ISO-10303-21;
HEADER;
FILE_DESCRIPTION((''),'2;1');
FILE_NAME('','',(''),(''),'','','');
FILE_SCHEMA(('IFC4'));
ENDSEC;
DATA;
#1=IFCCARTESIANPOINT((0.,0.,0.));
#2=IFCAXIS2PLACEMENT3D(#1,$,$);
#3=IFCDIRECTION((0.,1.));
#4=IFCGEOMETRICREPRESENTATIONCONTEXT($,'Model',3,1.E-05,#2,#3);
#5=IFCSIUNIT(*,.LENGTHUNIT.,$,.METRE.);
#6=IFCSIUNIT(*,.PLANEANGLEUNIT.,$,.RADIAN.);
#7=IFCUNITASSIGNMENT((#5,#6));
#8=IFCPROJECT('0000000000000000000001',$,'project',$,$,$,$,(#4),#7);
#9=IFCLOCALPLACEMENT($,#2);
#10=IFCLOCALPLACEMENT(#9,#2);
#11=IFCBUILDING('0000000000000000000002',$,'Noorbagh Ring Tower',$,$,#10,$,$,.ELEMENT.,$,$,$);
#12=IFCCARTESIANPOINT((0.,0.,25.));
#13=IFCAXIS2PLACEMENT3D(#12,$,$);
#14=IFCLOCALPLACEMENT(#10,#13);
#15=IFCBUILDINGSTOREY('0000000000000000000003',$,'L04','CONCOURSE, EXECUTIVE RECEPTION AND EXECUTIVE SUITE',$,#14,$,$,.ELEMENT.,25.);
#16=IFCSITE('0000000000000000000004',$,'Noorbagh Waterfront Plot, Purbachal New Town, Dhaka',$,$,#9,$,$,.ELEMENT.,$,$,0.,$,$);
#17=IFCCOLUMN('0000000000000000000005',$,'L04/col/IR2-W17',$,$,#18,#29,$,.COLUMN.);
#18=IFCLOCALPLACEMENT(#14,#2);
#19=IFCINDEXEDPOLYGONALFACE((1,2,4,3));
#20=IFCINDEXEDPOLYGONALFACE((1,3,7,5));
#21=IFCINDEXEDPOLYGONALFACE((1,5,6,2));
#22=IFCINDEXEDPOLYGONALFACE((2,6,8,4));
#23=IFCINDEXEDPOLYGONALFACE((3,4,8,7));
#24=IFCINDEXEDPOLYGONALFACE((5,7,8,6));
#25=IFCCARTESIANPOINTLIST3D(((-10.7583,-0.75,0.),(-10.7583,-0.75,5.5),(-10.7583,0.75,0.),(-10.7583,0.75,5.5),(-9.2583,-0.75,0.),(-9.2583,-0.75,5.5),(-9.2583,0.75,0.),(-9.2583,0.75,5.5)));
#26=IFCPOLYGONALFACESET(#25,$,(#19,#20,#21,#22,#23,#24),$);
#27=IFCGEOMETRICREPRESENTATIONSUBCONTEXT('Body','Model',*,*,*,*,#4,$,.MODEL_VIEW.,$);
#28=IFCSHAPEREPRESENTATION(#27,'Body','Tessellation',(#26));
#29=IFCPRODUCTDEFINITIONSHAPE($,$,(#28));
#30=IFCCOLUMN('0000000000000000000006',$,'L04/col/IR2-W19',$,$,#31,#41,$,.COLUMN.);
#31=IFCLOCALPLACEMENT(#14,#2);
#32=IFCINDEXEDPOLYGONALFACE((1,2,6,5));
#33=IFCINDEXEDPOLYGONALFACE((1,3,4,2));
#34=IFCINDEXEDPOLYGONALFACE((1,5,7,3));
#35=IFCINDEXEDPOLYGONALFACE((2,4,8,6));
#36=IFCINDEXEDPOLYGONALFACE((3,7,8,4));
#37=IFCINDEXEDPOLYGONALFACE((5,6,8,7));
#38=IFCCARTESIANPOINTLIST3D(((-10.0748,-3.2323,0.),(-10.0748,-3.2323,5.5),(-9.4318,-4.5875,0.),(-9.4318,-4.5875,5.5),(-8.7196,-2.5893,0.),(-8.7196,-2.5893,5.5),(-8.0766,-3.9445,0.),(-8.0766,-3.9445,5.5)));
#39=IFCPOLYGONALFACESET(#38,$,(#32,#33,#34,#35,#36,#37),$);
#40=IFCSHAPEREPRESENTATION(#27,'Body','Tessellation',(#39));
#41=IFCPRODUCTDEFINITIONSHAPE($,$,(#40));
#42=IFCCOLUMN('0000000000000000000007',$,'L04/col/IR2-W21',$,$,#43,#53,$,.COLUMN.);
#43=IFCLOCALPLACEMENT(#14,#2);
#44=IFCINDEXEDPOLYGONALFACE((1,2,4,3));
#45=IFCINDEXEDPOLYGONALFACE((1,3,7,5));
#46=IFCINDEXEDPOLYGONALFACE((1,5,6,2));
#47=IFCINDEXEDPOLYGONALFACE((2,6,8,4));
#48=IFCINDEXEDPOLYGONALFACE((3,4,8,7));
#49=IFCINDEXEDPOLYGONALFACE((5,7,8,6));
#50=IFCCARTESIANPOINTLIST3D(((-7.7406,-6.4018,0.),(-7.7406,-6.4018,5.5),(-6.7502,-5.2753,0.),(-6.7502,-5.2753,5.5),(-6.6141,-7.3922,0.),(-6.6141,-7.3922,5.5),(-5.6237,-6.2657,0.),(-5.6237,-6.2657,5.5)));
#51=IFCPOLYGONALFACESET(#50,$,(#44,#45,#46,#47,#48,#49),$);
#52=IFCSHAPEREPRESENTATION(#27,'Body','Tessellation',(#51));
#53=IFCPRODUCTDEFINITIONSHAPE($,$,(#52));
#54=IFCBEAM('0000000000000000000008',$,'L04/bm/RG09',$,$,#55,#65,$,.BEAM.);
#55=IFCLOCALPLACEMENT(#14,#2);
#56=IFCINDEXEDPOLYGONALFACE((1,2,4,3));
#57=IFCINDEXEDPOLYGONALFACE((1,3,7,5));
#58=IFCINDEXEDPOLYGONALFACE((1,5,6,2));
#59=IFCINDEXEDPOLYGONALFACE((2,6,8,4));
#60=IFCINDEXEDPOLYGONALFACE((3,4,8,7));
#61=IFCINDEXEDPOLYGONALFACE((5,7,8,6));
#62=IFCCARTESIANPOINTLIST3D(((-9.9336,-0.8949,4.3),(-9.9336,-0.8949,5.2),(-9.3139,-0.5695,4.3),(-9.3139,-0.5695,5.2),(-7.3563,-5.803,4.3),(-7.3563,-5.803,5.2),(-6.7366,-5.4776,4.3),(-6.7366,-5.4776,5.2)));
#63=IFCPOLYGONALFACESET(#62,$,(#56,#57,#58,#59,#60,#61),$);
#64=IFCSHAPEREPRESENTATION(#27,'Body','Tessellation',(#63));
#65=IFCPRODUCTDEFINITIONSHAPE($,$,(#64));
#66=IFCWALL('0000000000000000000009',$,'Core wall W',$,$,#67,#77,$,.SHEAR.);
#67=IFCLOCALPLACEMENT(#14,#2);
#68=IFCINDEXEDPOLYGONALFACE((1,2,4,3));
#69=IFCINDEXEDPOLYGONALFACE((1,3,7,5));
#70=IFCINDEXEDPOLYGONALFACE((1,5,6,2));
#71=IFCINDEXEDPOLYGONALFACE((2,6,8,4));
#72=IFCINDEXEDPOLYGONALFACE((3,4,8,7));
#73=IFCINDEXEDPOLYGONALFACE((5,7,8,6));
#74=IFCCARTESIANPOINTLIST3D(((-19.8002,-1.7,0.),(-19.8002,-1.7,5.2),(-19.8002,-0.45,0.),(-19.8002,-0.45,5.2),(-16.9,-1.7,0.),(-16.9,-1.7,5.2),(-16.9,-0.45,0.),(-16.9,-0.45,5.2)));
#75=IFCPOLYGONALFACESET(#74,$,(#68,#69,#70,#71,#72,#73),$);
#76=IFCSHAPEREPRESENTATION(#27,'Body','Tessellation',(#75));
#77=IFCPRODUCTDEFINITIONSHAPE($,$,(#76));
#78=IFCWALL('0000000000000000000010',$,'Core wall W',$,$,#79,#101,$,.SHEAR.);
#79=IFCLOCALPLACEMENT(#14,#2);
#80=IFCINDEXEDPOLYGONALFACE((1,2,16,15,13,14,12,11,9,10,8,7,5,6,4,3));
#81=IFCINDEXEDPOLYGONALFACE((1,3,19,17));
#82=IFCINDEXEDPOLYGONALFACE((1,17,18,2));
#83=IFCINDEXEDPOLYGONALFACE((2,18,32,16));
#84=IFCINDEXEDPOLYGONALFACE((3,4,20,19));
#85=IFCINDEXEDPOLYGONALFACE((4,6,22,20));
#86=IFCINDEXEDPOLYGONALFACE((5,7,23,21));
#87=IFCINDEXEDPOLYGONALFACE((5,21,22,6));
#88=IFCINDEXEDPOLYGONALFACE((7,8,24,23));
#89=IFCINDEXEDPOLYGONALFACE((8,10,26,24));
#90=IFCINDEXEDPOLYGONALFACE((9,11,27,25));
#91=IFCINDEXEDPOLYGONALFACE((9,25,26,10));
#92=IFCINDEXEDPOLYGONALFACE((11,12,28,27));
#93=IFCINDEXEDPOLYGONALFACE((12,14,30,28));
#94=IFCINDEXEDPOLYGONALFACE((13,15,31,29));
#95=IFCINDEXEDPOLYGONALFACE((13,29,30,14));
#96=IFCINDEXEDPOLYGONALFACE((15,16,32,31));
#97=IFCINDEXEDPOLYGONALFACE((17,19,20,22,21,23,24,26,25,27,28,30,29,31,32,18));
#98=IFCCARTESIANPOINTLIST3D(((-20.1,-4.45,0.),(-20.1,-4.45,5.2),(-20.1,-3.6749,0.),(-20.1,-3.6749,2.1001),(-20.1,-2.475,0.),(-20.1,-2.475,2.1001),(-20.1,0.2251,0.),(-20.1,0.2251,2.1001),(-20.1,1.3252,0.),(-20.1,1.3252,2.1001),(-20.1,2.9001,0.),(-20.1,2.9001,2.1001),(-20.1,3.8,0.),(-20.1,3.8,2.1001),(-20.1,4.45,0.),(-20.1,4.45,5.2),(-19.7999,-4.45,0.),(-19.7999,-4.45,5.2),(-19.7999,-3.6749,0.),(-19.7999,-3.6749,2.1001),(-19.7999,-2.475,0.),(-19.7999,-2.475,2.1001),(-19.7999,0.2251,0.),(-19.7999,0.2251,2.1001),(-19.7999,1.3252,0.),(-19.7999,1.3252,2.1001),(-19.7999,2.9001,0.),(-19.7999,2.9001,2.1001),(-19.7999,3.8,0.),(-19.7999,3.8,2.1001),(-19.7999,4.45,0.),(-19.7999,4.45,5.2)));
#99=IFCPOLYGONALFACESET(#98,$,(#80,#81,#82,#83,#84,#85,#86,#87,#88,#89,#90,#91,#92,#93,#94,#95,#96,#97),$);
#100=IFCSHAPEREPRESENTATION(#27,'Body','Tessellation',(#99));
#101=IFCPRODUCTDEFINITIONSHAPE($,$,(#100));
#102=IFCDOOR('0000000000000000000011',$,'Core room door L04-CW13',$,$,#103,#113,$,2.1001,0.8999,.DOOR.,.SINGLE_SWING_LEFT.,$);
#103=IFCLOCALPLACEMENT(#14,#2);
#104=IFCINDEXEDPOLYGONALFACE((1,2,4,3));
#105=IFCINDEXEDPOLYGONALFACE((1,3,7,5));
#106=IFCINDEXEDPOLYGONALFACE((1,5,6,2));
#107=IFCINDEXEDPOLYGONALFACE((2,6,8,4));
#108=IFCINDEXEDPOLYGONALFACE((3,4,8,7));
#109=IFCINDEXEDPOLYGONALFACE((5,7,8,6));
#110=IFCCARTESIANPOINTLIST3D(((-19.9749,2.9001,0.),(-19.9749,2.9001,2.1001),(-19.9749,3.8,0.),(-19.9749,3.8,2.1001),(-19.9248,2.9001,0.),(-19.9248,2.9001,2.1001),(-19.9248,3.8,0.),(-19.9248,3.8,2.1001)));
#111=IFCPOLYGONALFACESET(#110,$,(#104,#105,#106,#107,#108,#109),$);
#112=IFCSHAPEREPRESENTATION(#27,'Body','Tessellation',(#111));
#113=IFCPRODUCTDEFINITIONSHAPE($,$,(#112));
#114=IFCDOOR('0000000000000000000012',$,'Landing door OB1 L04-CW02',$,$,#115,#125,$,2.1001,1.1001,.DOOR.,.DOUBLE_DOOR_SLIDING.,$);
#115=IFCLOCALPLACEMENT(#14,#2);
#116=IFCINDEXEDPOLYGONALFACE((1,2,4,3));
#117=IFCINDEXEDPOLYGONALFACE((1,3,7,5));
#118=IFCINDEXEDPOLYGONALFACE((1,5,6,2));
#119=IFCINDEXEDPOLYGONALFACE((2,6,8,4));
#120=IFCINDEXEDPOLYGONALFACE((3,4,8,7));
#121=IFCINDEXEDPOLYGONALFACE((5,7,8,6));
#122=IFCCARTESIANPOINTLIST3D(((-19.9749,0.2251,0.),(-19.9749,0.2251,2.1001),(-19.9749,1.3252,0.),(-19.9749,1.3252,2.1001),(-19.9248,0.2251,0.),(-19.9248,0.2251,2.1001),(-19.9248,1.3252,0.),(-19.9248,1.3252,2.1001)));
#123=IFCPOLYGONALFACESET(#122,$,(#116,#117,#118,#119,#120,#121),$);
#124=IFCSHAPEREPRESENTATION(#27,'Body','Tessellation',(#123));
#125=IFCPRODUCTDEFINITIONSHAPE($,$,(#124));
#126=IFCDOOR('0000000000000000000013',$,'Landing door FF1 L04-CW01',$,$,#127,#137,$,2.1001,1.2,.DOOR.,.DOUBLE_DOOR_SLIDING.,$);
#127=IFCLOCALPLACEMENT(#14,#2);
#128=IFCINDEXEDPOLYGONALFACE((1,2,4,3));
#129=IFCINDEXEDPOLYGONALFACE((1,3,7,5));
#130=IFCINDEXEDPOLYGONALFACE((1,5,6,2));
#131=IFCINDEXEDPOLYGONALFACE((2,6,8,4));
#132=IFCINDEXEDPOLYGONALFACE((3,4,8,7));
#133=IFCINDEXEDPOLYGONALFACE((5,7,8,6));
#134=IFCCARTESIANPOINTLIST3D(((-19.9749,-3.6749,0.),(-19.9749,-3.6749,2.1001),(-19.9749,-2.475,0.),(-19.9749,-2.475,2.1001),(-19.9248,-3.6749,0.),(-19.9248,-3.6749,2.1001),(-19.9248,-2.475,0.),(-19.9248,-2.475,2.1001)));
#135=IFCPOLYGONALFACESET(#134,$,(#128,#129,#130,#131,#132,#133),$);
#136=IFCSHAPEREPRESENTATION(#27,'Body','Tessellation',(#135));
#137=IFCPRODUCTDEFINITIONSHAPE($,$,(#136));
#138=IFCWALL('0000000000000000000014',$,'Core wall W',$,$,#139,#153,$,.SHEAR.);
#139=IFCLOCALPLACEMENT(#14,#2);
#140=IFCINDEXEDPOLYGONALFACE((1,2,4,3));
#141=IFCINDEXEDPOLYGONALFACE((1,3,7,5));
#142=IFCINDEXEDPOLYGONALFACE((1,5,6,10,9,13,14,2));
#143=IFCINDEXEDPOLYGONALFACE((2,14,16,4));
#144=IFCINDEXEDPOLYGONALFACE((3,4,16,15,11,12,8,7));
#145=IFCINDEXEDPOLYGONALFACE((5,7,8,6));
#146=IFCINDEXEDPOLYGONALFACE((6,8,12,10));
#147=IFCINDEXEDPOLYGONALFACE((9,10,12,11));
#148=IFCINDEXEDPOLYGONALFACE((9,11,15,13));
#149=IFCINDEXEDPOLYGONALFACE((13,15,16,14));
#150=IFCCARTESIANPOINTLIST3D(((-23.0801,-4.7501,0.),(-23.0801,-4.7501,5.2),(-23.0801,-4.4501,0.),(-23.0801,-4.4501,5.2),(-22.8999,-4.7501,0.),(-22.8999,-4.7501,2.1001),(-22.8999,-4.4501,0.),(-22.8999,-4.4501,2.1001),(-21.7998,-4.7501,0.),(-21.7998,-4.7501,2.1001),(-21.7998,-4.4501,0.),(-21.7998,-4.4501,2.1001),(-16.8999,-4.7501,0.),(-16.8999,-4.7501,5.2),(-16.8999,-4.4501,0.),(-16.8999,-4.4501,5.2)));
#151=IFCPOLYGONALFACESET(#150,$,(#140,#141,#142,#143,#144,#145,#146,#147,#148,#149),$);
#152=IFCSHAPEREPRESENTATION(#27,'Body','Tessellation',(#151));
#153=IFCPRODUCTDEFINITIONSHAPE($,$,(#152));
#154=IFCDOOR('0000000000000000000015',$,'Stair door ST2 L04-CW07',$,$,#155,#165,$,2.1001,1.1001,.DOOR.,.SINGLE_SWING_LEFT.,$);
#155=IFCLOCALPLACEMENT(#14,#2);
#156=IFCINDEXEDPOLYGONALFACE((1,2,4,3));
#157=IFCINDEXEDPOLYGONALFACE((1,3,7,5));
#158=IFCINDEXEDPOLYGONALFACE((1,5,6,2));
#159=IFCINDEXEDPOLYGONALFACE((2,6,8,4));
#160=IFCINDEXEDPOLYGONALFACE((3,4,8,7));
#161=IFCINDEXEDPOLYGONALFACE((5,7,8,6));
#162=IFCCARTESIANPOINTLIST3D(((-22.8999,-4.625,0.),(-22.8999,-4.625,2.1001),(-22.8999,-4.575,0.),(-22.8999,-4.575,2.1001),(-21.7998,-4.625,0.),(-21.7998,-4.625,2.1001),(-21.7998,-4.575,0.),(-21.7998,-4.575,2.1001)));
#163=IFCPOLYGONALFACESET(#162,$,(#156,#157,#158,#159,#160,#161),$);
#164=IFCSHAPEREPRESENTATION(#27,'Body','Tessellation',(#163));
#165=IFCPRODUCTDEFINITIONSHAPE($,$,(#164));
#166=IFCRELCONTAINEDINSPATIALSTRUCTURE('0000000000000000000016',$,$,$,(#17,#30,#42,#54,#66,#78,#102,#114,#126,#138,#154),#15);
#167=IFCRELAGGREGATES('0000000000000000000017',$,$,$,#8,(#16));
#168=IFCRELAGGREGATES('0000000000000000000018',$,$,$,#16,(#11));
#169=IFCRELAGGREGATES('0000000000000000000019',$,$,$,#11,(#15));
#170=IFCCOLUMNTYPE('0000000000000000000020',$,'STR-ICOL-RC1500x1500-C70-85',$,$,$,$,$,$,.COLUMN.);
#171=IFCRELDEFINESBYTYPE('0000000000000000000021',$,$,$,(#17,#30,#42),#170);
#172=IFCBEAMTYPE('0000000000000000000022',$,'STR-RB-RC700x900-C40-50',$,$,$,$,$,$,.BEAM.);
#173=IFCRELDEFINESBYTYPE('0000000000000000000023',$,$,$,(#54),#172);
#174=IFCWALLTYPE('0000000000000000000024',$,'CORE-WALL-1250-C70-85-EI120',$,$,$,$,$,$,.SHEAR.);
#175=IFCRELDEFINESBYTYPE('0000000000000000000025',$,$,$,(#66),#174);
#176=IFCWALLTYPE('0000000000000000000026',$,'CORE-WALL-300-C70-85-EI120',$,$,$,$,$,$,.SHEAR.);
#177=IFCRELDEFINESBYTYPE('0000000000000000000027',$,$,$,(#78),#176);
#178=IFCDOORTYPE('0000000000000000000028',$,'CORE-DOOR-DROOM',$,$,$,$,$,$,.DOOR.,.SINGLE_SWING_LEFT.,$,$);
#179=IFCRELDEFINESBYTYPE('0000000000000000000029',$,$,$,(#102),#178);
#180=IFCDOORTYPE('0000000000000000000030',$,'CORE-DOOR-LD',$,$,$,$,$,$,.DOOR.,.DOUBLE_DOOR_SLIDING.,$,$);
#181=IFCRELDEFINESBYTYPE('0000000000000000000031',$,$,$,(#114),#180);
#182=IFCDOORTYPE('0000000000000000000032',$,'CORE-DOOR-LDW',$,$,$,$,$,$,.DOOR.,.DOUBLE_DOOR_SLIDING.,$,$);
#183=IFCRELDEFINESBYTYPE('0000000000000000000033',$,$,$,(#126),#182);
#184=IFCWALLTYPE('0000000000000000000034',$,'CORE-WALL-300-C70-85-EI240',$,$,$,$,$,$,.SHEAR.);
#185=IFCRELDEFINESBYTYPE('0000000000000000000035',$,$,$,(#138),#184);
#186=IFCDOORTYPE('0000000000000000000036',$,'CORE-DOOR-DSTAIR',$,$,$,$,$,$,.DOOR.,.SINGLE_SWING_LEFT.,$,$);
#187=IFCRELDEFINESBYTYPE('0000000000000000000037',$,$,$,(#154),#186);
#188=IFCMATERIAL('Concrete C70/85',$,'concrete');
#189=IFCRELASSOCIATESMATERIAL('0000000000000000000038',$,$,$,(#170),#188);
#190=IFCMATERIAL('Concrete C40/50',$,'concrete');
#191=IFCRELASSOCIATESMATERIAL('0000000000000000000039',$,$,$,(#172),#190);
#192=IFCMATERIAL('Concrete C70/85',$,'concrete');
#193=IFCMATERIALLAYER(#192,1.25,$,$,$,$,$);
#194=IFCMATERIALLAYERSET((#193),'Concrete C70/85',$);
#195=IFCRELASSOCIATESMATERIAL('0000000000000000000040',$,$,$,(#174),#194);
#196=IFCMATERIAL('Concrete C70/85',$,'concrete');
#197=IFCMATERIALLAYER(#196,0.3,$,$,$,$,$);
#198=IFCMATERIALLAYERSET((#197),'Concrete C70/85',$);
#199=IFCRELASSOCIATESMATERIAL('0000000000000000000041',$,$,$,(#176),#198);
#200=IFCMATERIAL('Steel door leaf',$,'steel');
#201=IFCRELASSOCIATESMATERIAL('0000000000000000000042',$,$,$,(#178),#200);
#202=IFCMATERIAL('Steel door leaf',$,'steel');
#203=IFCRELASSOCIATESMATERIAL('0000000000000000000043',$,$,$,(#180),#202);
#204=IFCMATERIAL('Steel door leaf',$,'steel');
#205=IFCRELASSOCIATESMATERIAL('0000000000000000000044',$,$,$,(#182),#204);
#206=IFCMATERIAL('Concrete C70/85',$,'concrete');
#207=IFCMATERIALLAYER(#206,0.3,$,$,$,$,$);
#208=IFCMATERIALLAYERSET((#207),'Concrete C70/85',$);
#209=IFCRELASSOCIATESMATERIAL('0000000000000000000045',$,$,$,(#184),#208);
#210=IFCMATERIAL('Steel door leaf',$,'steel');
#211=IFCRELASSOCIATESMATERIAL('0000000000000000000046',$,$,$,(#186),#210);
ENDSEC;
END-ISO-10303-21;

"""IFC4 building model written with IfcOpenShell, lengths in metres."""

from ifc_helpers import new_model, si_unit, direction, frame, frame_2d, origin, origin_2d, place, context, subcontext, project, spatial, rectangle, extrude, material, layer, layer_set, material_profile, profile_set, type_object, element, fill, save


model = new_model("IFC4")

# Units and contexts
model_context = context("Model", 3, precision=1e-05, world=origin(), true_north=direction((0.0, 1.0)))
body_context = subcontext(model_context, "Body", "Model", "MODEL_VIEW")
ifc_project = project(units=[si_unit("LENGTHUNIT", "METRE"), si_unit("PLANEANGLEUNIT", "RADIAN")], contexts=[model_context])

# Site, building, storey
site_placement = place(None, origin())
site = spatial("IfcSite", under=ifc_project, at=site_placement, Name="Noorbagh Waterfront Plot, Purbachal New Town, Dhaka", CompositionType="ELEMENT", RefElevation=0.0)
building_placement = place(site_placement, origin())
building = spatial("IfcBuilding", under=site, at=building_placement, Name="Noorbagh Ring Tower", CompositionType="ELEMENT")
storey_placement = place(building_placement, frame((0.0, 0.0, 25.0)))
storey = spatial("IfcBuildingStorey", under=building, at=storey_placement, Name="L04", Description="CONCOURSE, EXECUTIVE RECEPTION AND EXECUTIVE SUITE", CompositionType="ELEMENT", Elevation=25.0)

# Columns
ifc_material_1 = material(Name="Concrete C70/85", Category="concrete")
ifc_material_profile_1 = material_profile(ifc_material_1, rectangle(XDim=1.5, YDim=1.5, at=origin_2d()), Name="RC1500x1500")
ifc_profile_set_1 = profile_set([ifc_material_profile_1], Name="Concrete C70/85")
column_type = type_object("IfcColumnType", Name="STR-ICOL-RC1500x1500-C70-85", PredefinedType="COLUMN", material=ifc_profile_set_1)
for number, where, z_axis, x_axis, name in (
    (1, (-10.0083, 0.0, 0.0), (0.0, 0.0, 1.0), (0.0, -1.0, 0.0), "L04/col/IR2-W17"),
    (2, (-9.0757, -3.5884, 0.0), (0.0, 0.0, 1.0), (0.428667, -0.903463, 0.0), "L04/col/IR2-W19"),
    (3, (-6.6821, -6.3337, 0.0), (0.0, 0.0, 1.0), (0.751022, -0.660277, 0.0), "L04/col/IR2-W21"),
):
    element("IfcColumn", number, at=place(storey_placement, frame(where, z_axis=z_axis, x_axis=x_axis)), inside=storey, type_object=column_type, Name=name, PredefinedType="COLUMN", context=body_context, shape_type="SweptSolid", body=[
        extrude(rectangle(XDim=1.5, YDim=1.5, at=origin_2d()), origin(), (0.0, 0.0, 1.0), 5.5),
    ])

# Beam
ifc_material_2 = material(Name="Concrete C40/50", Category="concrete")
ifc_material_profile_2 = material_profile(ifc_material_2, rectangle(XDim=0.7, YDim=0.8999, at=origin_2d()), Name="RC700x900")
ifc_profile_set_2 = profile_set([ifc_material_profile_2], Name="Concrete C40/50")
beam_type = type_object("IfcBeamType", Name="STR-RB-RC700x900-C40-50", PredefinedType="BEAM", material=ifc_profile_set_2)
beam_placement = place(storey_placement, frame((-9.6238, -0.7322, 4.75), z_axis=(0.464917, -0.885354, 0.0), x_axis=(0.885354, 0.464917, 0.0)))
element("IfcBeam", 4, at=beam_placement, inside=storey, type_object=beam_type, Name="L04/bm/RG09", PredefinedType="BEAM", context=body_context, shape_type="SweptSolid", body=[
    extrude(rectangle(XDim=0.7, YDim=0.8999, at=origin_2d()), origin(), (0.0, 0.0, 1.0), 5.5437),
])

# Wall
ifc_material_3 = material(Name="Concrete C70/85", Category="concrete")
ifc_layer_1 = layer(ifc_material_3, 1.25)
ifc_layer_set_1 = layer_set([ifc_layer_1], Name="Concrete C70/85")
wall_type_1 = type_object("IfcWallType", Name="CORE-WALL-1250-C70-85-EI120", PredefinedType="SHEAR", material=ifc_layer_set_1)
wall_1_placement = place(storey_placement, frame((-16.8999, -1.075, 0.0), z_axis=(0.0, 0.0, 1.0), x_axis=(-1.0, 0.0, 0.0)))
element("IfcWall", 5, at=wall_1_placement, inside=storey, type_object=wall_type_1, Name="Core wall W", PredefinedType="SHEAR", context=body_context, shape_type="SweptSolid", body=[
    extrude(rectangle(XDim=2.9001, YDim=1.25, at=frame_2d((1.4502, 0.0))), origin(), (0.0, 0.0, 1.0), 5.2),
])

# Wall, openings, doors
ifc_material_4 = material(Name="Concrete C70/85", Category="concrete")
ifc_layer_2 = layer(ifc_material_4, 0.3)
ifc_layer_set_2 = layer_set([ifc_layer_2], Name="Concrete C70/85")
wall_type_2 = type_object("IfcWallType", Name="CORE-WALL-300-C70-85-EI120", PredefinedType="SHEAR", material=ifc_layer_set_2)
wall_2_placement = place(storey_placement, frame((-19.95, -4.45, 0.0), z_axis=(0.0, 0.0, 1.0), x_axis=(0.0, 1.0, 0.0)))
wall_2 = element("IfcWall", 6, at=wall_2_placement, inside=storey, type_object=wall_type_2, Name="Core wall W", PredefinedType="SHEAR", context=body_context, shape_type="SweptSolid", body=[
    extrude(rectangle(XDim=8.8999, YDim=0.3, at=frame_2d((4.45, 0.0))), origin(), (0.0, 0.0, 1.0), 5.2),
])
opening_1_placement = place(wall_2_placement, frame((0.7749, 0.0, 0.0)))
opening_1 = element("IfcOpeningElement", 7, at=opening_1_placement, cuts=wall_2, PredefinedType="OPENING", context=body_context, shape_type="SweptSolid", body=[
    extrude(rectangle(XDim=1.2, YDim=2.1001, at=frame_2d((0.6001, 1.05))), frame((0.0, 0.1602, 0.0), z_axis=(0.0, -1.0, 0.0), x_axis=(1.0, 0.0, 0.0)), (0.0, 0.0, 1.0), 0.3201),
])
opening_2_placement = place(wall_2_placement, frame((4.675, 0.0, 0.0)))
opening_2 = element("IfcOpeningElement", 8, at=opening_2_placement, cuts=wall_2, PredefinedType="OPENING", context=body_context, shape_type="SweptSolid", body=[
    extrude(rectangle(XDim=1.1001, YDim=2.1001, at=frame_2d((0.55, 1.05))), frame((0.0, 0.1602, 0.0), z_axis=(0.0, -1.0, 0.0), x_axis=(1.0, 0.0, 0.0)), (0.0, 0.0, 1.0), 0.3201),
])
opening_3_placement = place(wall_2_placement, frame((7.3501, 0.0, 0.0)))
opening_3 = element("IfcOpeningElement", 9, at=opening_3_placement, cuts=wall_2, PredefinedType="OPENING", context=body_context, shape_type="SweptSolid", body=[
    extrude(rectangle(XDim=0.8999, YDim=2.1001, at=frame_2d((0.45, 1.05))), frame((0.0, 0.1602, 0.0), z_axis=(0.0, -1.0, 0.0), x_axis=(1.0, 0.0, 0.0)), (0.0, 0.0, 1.0), 0.3201),
])
ifc_material_5 = material(Name="Steel door leaf", Category="steel")
door_type_1 = type_object("IfcDoorType", Name="CORE-DOOR-DROOM", OperationType="SINGLE_SWING_LEFT", PredefinedType="DOOR", material=ifc_material_5)
door_1_placement = place(opening_3_placement, origin())
door_1 = element("IfcDoor", 10, at=door_1_placement, inside=storey, type_object=door_type_1, Name="Core room door L04-CW13", OperationType="SINGLE_SWING_LEFT", OverallHeight=2.1001, OverallWidth=0.8999, PredefinedType="DOOR", context=body_context, shape_type="SweptSolid", body=[
    extrude(rectangle(XDim=0.8999, YDim=2.1001, at=frame_2d((0.45, 1.05))), frame((0.0, 0.0249, 0.0), z_axis=(0.0, -1.0, 0.0), x_axis=(1.0, 0.0, 0.0)), (0.0, 0.0, 1.0), 0.05),
])
fill(opening_3, door_1)
ifc_material_6 = material(Name="Steel door leaf", Category="steel")
door_type_2 = type_object("IfcDoorType", Name="CORE-DOOR-LD", OperationType="DOUBLE_DOOR_SLIDING", PredefinedType="DOOR", material=ifc_material_6)
door_2_placement = place(opening_2_placement, origin())
door_2 = element("IfcDoor", 11, at=door_2_placement, inside=storey, type_object=door_type_2, Name="Landing door OB1 L04-CW02", OperationType="DOUBLE_DOOR_SLIDING", OverallHeight=2.1001, OverallWidth=1.1001, PredefinedType="DOOR", context=body_context, shape_type="SweptSolid", body=[
    extrude(rectangle(XDim=1.1001, YDim=2.1001, at=frame_2d((0.55, 1.05))), frame((0.0, 0.0249, 0.0), z_axis=(0.0, -1.0, 0.0), x_axis=(1.0, 0.0, 0.0)), (0.0, 0.0, 1.0), 0.05),
])
fill(opening_2, door_2)
ifc_material_7 = material(Name="Steel door leaf", Category="steel")
door_type_3 = type_object("IfcDoorType", Name="CORE-DOOR-LDW", OperationType="DOUBLE_DOOR_SLIDING", PredefinedType="DOOR", material=ifc_material_7)
door_3_placement = place(opening_1_placement, origin())
door_3 = element("IfcDoor", 12, at=door_3_placement, inside=storey, type_object=door_type_3, Name="Landing door FF1 L04-CW01", OperationType="DOUBLE_DOOR_SLIDING", OverallHeight=2.1001, OverallWidth=1.2, PredefinedType="DOOR", context=body_context, shape_type="SweptSolid", body=[
    extrude(rectangle(XDim=1.2, YDim=2.1001, at=frame_2d((0.6001, 1.05))), frame((0.0, 0.0249, 0.0), z_axis=(0.0, -1.0, 0.0), x_axis=(1.0, 0.0, 0.0)), (0.0, 0.0, 1.0), 0.05),
])
fill(opening_1, door_3)

# Wall, opening, door
ifc_material_8 = material(Name="Concrete C70/85", Category="concrete")
ifc_layer_3 = layer(ifc_material_8, 0.3)
ifc_layer_set_3 = layer_set([ifc_layer_3], Name="Concrete C70/85")
wall_type_3 = type_object("IfcWallType", Name="CORE-WALL-300-C70-85-EI240", PredefinedType="SHEAR", material=ifc_layer_set_3)
wall_3_placement = place(storey_placement, frame((-16.8999, -4.6001, 0.0), z_axis=(0.0, 0.0, 1.0), x_axis=(-1.0, 0.0, 0.0)))
wall_3 = element("IfcWall", 13, at=wall_3_placement, inside=storey, type_object=wall_type_3, Name="Core wall W", PredefinedType="SHEAR", context=body_context, shape_type="SweptSolid", body=[
    extrude(rectangle(XDim=6.1802, YDim=0.3, at=frame_2d((3.0901, 0.0))), origin(), (0.0, 0.0, 1.0), 5.2),
])
opening_4_placement = place(wall_3_placement, frame((4.8999, 0.0, 0.0)))
opening_4 = element("IfcOpeningElement", 14, at=opening_4_placement, cuts=wall_3, PredefinedType="OPENING", context=body_context, shape_type="SweptSolid", body=[
    extrude(rectangle(XDim=1.1001, YDim=2.1001, at=frame_2d((0.55, 1.05))), frame((0.0, 0.1602, 0.0), z_axis=(0.0, -1.0, 0.0), x_axis=(1.0, 0.0, 0.0)), (0.0, 0.0, 1.0), 0.3201),
])
ifc_material_9 = material(Name="Steel door leaf", Category="steel")
door_type_4 = type_object("IfcDoorType", Name="CORE-DOOR-DSTAIR", OperationType="SINGLE_SWING_LEFT", PredefinedType="DOOR", material=ifc_material_9)
door_4_placement = place(opening_4_placement, origin())
door_4 = element("IfcDoor", 15, at=door_4_placement, inside=storey, type_object=door_type_4, Name="Stair door ST2 L04-CW07", OperationType="SINGLE_SWING_LEFT", OverallHeight=2.1001, OverallWidth=1.1001, PredefinedType="DOOR", context=body_context, shape_type="SweptSolid", body=[
    extrude(rectangle(XDim=1.1001, YDim=2.1001, at=frame_2d((0.55, 1.05))), frame((0.0, 0.0249, 0.0), z_axis=(0.0, -1.0, 0.0), x_axis=(1.0, 0.0, 0.0)), (0.0, 0.0, 1.0), 0.05),
])
fill(opening_4, door_4)

save(model, "model.ifc")
